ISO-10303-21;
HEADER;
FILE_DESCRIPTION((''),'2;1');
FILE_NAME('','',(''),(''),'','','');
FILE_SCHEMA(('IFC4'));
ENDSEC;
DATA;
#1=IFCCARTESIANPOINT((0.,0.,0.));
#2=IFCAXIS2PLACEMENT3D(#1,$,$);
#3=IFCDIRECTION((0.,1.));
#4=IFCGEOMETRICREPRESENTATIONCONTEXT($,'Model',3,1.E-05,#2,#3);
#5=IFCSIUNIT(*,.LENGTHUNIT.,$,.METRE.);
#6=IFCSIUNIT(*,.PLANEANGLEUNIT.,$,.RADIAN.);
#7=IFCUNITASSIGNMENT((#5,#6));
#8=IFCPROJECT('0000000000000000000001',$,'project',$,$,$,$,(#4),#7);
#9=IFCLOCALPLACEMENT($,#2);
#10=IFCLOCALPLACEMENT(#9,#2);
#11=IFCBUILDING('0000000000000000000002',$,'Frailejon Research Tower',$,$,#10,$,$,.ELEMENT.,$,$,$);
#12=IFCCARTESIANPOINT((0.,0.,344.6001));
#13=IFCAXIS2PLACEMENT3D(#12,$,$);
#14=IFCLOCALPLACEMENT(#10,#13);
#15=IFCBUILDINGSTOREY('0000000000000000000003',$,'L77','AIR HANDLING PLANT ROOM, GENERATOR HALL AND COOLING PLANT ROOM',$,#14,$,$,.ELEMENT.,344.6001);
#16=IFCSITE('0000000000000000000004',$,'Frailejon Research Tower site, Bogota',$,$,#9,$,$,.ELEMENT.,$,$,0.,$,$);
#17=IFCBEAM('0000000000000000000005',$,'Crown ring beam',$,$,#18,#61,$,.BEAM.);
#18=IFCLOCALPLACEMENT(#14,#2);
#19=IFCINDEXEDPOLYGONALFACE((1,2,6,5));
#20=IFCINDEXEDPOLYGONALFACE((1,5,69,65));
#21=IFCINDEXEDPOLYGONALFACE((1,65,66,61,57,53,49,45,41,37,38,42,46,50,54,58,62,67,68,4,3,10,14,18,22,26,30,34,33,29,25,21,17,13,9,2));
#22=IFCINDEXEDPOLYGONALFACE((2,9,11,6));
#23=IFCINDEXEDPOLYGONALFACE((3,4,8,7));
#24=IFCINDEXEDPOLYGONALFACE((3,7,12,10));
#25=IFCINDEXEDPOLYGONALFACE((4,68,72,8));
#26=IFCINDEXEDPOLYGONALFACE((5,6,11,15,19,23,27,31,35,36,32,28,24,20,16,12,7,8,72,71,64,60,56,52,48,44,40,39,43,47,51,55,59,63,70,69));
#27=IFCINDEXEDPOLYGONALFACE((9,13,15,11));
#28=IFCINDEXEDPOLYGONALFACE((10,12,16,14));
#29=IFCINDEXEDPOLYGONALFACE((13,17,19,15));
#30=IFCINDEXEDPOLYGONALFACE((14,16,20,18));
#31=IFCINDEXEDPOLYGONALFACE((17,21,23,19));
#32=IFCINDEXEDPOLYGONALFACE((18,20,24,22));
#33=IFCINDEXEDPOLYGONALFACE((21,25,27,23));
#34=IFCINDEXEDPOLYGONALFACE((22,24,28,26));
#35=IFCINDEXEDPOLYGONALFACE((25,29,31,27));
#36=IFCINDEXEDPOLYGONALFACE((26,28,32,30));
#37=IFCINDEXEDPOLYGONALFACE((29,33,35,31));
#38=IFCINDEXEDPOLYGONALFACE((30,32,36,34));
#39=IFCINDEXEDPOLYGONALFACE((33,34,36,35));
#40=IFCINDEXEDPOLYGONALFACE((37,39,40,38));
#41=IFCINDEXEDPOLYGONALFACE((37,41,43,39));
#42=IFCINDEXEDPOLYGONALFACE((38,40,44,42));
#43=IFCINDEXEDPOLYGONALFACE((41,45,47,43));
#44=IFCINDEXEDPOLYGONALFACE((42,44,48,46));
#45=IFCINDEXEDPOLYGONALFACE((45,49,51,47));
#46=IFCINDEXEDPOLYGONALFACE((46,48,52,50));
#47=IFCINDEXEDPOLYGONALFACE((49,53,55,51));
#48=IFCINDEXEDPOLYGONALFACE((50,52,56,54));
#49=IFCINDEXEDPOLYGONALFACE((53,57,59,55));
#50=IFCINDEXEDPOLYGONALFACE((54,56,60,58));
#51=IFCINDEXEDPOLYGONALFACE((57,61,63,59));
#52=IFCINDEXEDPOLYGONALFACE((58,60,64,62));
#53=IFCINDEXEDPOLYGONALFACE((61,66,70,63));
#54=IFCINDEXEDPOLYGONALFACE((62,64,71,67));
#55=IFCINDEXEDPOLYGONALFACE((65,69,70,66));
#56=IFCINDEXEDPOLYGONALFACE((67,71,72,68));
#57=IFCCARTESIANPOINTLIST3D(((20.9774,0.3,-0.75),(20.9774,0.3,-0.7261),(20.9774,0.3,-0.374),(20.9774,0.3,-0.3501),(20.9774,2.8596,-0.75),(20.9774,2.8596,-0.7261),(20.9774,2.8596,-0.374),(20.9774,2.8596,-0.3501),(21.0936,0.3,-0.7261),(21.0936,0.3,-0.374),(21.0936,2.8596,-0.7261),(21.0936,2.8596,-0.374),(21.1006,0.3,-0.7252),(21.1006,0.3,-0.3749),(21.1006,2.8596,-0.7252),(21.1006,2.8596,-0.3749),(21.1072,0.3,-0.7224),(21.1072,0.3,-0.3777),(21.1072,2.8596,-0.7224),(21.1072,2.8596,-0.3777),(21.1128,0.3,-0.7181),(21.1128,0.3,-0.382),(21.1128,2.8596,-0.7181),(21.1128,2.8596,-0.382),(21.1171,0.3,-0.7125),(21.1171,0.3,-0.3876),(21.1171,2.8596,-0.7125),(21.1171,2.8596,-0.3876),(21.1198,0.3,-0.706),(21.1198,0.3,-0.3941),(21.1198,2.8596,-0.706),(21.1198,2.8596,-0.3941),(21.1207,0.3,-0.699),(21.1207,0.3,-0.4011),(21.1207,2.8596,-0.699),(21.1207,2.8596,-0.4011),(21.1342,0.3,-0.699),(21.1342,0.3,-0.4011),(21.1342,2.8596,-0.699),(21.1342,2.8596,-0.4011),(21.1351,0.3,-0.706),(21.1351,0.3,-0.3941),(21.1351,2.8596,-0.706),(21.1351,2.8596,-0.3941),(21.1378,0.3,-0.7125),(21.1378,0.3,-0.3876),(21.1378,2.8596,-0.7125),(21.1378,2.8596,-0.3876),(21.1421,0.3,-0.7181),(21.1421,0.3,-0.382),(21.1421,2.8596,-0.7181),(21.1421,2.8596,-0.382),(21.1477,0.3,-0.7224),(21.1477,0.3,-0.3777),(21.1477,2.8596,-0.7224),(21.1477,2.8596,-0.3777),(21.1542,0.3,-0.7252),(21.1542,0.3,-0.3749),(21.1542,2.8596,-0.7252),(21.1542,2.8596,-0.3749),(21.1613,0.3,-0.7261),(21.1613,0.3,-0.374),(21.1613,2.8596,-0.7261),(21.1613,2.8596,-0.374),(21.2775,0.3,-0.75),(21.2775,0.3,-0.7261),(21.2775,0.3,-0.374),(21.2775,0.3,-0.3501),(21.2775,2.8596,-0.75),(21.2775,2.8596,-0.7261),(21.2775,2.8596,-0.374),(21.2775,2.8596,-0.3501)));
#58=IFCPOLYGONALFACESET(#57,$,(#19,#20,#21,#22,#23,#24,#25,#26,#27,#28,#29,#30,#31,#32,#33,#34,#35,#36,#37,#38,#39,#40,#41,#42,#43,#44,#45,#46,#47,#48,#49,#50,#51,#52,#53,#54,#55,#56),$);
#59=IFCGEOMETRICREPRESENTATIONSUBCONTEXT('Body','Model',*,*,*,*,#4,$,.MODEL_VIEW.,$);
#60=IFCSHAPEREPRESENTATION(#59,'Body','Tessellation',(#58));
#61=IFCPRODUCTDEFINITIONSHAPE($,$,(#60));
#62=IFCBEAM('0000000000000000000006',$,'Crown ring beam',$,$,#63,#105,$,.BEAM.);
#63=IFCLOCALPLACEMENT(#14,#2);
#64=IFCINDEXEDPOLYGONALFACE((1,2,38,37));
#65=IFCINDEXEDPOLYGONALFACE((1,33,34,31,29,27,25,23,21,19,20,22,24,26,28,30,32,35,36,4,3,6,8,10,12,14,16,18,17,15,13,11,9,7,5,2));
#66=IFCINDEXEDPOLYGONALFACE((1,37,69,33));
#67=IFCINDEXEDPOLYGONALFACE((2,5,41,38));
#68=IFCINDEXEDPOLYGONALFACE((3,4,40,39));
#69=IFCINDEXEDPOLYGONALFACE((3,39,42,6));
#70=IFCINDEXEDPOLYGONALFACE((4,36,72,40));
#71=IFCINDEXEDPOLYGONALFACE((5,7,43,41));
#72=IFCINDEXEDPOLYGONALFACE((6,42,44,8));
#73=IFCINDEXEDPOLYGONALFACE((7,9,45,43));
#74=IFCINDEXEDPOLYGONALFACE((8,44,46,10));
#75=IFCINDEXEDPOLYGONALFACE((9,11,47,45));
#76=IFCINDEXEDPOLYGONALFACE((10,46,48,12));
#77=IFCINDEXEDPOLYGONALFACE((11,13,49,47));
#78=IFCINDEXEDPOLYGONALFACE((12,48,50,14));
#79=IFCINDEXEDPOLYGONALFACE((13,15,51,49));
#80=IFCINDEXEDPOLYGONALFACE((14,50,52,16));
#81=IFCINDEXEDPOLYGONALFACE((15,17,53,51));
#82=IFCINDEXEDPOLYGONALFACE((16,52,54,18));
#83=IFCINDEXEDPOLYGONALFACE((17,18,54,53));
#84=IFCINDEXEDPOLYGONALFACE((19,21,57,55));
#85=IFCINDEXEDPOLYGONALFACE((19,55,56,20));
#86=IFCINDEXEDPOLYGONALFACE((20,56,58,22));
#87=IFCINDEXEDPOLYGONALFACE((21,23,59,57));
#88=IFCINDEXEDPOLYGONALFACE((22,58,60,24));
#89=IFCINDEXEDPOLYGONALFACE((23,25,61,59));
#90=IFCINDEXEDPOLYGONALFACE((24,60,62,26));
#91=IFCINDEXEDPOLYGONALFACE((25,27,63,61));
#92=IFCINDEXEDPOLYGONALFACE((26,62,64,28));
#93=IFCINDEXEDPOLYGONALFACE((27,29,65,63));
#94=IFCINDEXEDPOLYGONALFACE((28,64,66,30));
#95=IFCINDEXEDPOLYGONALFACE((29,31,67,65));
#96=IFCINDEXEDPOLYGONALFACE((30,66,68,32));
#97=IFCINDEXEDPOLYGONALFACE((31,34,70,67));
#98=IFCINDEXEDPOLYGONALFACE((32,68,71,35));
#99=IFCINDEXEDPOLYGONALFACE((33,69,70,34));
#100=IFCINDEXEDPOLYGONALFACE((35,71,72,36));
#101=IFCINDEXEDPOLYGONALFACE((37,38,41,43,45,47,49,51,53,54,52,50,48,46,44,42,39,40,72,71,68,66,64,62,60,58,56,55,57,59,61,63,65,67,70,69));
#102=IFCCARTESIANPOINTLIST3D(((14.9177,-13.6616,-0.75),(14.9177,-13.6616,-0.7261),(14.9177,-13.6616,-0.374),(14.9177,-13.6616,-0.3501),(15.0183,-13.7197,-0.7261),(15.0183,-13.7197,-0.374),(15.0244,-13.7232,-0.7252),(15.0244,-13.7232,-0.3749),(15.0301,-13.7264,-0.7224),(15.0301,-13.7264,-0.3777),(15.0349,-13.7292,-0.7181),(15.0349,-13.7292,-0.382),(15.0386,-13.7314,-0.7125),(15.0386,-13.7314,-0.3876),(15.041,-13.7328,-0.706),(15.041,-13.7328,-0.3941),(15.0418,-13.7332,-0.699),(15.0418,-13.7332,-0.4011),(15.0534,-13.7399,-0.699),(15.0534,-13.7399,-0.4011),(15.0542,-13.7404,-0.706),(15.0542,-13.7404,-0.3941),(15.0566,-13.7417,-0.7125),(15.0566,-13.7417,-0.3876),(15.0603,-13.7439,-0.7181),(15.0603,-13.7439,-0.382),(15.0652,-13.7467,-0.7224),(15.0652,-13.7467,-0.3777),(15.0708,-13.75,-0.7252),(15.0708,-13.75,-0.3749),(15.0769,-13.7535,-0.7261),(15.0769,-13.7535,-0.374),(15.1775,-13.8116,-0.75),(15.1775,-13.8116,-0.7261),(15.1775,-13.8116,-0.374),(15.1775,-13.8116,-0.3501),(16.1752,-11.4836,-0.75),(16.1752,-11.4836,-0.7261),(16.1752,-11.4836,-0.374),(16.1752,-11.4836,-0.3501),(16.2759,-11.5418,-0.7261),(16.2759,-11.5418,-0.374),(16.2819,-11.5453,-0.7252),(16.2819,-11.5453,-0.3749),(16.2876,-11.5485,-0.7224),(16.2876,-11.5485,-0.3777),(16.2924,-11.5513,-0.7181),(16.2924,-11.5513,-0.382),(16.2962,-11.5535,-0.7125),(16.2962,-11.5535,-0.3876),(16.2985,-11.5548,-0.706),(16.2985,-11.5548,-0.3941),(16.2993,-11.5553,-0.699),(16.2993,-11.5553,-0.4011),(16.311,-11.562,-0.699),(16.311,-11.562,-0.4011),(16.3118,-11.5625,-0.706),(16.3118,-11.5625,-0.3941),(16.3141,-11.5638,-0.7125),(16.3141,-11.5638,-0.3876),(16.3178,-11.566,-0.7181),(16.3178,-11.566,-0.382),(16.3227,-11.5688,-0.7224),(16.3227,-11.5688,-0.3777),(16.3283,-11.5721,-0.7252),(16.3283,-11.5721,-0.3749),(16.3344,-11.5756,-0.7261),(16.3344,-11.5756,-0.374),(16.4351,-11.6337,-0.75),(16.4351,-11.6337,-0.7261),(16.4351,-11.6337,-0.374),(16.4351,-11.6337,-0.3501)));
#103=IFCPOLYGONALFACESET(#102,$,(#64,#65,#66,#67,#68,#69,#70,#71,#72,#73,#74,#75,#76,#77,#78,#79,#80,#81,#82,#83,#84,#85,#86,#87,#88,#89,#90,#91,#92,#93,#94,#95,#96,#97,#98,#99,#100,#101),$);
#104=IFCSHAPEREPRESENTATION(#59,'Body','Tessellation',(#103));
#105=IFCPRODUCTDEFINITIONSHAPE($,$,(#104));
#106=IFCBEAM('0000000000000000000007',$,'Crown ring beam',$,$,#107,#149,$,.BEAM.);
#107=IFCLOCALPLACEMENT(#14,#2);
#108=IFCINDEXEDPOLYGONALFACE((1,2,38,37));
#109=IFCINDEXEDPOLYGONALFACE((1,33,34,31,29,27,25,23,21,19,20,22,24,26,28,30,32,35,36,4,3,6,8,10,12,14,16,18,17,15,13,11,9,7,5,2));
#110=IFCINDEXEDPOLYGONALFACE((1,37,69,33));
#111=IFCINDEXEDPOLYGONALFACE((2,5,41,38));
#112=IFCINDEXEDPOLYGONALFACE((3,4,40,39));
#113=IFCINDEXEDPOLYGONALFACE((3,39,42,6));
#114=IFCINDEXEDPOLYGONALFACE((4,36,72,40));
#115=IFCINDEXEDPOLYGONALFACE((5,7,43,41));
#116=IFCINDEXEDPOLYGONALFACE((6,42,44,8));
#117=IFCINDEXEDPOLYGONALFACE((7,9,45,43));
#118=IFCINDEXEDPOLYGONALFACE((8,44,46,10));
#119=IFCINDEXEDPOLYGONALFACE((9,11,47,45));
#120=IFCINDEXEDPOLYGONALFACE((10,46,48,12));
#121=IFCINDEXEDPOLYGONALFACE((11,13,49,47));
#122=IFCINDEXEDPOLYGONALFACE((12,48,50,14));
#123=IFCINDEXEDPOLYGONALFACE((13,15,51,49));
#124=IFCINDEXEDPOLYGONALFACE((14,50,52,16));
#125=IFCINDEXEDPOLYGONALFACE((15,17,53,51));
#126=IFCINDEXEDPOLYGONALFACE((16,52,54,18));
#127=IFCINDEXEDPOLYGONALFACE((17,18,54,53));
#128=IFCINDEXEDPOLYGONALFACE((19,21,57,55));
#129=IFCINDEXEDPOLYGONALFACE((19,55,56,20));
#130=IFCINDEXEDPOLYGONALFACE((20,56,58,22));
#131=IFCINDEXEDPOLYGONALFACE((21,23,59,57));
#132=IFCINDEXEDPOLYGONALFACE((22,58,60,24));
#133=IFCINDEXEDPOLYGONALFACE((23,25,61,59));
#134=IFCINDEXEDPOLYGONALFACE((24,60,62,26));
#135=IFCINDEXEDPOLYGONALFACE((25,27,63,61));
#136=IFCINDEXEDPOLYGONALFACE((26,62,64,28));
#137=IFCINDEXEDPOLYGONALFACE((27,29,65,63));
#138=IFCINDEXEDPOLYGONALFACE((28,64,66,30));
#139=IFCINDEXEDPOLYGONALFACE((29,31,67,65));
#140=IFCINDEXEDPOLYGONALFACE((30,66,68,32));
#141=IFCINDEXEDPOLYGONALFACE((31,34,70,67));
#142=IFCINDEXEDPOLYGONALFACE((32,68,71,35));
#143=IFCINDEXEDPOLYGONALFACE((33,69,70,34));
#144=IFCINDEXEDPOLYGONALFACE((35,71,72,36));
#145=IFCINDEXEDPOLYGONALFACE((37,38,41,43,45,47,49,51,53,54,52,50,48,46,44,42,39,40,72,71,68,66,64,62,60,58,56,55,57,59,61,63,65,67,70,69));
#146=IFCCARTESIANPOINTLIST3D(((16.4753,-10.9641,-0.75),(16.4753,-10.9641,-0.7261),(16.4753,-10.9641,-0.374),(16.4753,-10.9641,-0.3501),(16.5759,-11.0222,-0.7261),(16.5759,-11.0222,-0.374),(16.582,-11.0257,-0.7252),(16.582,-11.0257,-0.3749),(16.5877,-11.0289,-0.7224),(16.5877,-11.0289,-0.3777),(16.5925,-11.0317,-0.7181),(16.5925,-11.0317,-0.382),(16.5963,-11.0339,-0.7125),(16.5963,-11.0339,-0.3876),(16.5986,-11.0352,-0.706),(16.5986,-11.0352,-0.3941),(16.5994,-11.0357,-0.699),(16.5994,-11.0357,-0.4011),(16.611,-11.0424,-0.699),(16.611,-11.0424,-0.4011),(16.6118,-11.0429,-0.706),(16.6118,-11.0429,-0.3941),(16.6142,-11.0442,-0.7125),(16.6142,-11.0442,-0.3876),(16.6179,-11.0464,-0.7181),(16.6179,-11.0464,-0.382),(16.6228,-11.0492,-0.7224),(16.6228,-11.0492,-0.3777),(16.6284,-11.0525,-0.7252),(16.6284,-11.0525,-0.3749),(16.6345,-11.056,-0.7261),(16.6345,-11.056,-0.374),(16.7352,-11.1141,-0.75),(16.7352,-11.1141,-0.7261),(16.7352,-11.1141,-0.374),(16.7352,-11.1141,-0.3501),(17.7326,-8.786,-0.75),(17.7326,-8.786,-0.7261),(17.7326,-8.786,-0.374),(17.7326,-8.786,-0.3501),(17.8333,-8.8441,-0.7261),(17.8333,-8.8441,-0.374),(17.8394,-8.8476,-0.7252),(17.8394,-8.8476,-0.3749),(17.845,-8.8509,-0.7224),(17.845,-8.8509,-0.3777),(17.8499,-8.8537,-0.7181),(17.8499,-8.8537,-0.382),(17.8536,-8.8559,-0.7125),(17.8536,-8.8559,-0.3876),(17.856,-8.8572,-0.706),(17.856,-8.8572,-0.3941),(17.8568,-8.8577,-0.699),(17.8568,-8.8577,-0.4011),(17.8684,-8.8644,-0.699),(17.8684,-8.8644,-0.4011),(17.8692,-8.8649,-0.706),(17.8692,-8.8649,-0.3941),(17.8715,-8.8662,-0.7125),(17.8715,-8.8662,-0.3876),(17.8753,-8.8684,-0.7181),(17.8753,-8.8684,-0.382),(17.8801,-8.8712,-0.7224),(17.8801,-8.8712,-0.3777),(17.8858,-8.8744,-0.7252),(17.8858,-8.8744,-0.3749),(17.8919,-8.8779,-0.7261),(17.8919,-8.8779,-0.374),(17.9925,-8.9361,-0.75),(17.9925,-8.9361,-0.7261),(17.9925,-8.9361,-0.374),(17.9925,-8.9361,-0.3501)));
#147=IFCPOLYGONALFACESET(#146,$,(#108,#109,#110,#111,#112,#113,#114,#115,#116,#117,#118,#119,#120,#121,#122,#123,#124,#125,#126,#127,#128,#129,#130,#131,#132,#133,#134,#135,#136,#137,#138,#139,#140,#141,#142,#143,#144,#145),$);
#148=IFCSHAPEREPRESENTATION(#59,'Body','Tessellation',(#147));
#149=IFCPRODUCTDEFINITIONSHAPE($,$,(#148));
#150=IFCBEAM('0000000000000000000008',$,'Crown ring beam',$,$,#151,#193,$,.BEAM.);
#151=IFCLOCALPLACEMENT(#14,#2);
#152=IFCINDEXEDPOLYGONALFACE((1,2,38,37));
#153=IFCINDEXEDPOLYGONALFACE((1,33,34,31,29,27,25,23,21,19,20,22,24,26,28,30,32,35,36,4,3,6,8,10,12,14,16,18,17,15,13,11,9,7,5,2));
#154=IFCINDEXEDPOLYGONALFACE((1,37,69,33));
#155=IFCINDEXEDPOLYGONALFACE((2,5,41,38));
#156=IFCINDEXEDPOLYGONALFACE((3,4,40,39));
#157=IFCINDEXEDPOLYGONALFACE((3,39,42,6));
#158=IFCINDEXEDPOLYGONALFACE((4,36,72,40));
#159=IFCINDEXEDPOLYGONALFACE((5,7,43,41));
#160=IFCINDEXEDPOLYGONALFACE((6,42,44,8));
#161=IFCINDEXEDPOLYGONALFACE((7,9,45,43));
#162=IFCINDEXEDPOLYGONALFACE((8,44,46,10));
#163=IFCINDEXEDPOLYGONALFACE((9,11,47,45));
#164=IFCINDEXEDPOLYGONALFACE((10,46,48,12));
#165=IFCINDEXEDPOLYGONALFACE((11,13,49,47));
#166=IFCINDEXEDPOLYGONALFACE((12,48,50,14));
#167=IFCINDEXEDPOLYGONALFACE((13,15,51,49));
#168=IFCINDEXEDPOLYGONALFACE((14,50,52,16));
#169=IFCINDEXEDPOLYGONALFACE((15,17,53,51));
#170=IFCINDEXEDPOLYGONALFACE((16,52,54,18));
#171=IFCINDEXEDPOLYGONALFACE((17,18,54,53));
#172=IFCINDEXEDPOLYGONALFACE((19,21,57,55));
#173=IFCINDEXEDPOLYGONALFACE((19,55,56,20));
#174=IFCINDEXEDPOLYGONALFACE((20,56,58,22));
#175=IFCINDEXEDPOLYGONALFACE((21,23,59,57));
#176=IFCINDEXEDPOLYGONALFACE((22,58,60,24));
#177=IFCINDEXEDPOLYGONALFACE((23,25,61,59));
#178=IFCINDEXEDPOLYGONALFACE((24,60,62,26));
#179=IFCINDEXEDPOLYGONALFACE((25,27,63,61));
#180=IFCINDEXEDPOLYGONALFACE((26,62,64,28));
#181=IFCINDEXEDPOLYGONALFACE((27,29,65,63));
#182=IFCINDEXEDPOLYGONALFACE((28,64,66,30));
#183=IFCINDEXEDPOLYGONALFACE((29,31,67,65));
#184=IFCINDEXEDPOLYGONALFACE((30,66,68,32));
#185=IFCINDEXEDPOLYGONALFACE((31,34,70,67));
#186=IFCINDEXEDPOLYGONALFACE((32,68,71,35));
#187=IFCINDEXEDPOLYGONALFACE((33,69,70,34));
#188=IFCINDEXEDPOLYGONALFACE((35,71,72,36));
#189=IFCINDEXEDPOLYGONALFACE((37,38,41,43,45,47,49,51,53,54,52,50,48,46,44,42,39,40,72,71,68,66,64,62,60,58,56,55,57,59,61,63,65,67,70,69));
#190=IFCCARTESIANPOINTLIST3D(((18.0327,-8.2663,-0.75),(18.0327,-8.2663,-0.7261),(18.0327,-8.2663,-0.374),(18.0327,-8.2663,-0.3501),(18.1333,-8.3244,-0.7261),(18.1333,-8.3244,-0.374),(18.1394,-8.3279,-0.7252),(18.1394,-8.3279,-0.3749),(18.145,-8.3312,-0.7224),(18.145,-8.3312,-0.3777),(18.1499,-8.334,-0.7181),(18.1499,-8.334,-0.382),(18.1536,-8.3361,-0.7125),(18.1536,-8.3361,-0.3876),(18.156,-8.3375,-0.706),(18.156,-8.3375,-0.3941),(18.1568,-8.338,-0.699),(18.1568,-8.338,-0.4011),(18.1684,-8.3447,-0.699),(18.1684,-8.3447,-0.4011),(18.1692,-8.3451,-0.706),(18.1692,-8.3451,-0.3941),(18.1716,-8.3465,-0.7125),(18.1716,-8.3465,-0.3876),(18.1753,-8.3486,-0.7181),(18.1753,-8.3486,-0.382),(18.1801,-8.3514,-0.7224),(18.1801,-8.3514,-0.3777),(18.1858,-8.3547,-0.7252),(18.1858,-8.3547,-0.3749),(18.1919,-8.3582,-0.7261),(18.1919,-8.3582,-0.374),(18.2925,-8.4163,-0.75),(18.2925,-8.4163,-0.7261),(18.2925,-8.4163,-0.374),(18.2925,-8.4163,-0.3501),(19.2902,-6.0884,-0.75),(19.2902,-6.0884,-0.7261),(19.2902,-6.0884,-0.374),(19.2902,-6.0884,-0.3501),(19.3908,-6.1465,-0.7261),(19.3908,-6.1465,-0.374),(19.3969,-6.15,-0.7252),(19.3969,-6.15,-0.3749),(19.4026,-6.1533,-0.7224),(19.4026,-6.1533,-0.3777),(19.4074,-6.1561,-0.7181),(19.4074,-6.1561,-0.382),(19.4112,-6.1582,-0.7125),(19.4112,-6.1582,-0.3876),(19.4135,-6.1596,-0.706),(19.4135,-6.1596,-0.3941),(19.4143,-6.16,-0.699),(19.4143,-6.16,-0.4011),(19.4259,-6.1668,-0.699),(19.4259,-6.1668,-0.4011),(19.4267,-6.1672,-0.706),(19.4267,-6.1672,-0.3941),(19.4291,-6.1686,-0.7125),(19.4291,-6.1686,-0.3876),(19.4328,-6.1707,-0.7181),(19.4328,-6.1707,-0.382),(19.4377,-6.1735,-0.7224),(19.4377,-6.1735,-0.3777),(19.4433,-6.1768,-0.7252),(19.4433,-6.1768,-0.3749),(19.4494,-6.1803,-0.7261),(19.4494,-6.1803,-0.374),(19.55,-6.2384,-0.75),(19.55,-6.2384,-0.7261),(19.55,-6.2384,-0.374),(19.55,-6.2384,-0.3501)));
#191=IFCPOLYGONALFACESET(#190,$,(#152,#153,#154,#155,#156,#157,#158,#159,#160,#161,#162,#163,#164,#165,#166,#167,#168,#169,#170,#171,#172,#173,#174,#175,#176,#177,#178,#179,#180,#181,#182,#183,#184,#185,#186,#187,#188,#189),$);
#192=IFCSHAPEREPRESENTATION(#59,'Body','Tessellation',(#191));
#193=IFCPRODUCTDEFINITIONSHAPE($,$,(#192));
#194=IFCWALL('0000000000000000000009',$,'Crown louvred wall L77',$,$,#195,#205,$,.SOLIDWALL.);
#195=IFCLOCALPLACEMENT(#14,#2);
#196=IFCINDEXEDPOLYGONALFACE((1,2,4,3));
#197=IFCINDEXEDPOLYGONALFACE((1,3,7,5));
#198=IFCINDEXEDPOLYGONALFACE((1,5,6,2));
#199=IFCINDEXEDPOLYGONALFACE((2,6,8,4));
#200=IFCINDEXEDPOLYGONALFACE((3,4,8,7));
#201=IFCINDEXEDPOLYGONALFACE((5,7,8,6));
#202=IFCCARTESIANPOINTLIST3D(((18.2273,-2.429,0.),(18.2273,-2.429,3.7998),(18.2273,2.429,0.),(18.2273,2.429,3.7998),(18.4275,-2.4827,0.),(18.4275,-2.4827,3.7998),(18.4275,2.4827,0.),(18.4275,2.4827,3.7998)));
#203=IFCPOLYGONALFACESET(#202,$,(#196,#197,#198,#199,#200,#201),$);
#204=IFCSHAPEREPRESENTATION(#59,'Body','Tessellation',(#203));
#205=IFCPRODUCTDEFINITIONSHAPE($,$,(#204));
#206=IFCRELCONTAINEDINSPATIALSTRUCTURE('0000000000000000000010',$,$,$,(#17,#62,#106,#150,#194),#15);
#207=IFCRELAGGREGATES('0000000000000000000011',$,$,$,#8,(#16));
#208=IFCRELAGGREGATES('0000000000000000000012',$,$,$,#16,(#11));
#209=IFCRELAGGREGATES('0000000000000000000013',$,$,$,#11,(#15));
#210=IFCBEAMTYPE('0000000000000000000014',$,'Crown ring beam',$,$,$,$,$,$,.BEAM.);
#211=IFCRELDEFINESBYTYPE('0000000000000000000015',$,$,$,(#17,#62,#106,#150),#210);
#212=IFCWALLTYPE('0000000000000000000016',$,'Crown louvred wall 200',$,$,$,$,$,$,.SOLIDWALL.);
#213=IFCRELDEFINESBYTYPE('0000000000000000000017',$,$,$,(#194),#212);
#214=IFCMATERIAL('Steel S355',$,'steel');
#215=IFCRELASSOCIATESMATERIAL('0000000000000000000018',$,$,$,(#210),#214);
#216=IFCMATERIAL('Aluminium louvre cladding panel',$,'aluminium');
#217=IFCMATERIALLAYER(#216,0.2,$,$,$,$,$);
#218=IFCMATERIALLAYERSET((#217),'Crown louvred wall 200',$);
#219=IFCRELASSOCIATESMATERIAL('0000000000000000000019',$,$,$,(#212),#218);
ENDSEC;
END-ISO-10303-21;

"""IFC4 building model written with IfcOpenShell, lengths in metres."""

from ifc_helpers import new_model, si_unit, direction, frame, origin, origin_2d, place, context, subcontext, project, spatial, polyline, i_section, outline, extrude, material, layer, layer_set, material_profile, profile_set, type_object, element, save


model = new_model("IFC4")

# Units and contexts
model_context = context("Model", 3, precision=1e-05, world=origin(), true_north=direction((0.0, 1.0)))
body_context = subcontext(model_context, "Body", "Model", "MODEL_VIEW")
ifc_project = project(units=[si_unit("LENGTHUNIT", "METRE"), si_unit("PLANEANGLEUNIT", "RADIAN")], contexts=[model_context])

# Site, building, storey
site_placement = place(None, origin())
site = spatial("IfcSite", under=ifc_project, at=site_placement, Name="Frailejon Research Tower site, Bogota", CompositionType="ELEMENT", RefElevation=0.0)
building_placement = place(site_placement, origin())
building = spatial("IfcBuilding", under=site, at=building_placement, Name="Frailejon Research Tower", CompositionType="ELEMENT")
storey_placement = place(building_placement, frame((0.0, 0.0, 344.6001)))
storey = spatial("IfcBuildingStorey", under=building, at=storey_placement, Name="L77", Description="AIR HANDLING PLANT ROOM, GENERATOR HALL AND COOLING PLANT ROOM", CompositionType="ELEMENT", Elevation=344.6001)

# Beams
ifc_material_1 = material(Name="Steel S355", Category="steel")
ifc_material_profile_1 = material_profile(ifc_material_1, i_section(OverallWidth=0.3, OverallDepth=0.3999, WebThickness=0.0134, FlangeThickness=0.0239, FilletRadius=0.0271, at=origin_2d()), Name="HE 400 B")
ifc_profile_set_1 = profile_set([ifc_material_profile_1], Name="Steel S355")
beam_type_1 = type_object("IfcBeamType", Name="Crown ring beam", PredefinedType="BEAM", material=ifc_profile_set_1)
beam_1_placement = place(storey_placement, frame((21.1274, 0.3, -0.55), z_axis=(0.0, 1.0, 0.0), x_axis=(-1.0, 0.0, 0.0)))
element("IfcBeam", 1, at=beam_1_placement, inside=storey, type_object=beam_type_1, Name="Crown ring beam", PredefinedType="BEAM", context=body_context, shape_type="SweptSolid", body=[
    extrude(i_section(OverallWidth=0.3, OverallDepth=0.3999, WebThickness=0.0134, FlangeThickness=0.0239, FilletRadius=0.0271, at=origin_2d()), origin(), (0.0, 0.0, 1.0), 2.5596),
])
for number, where, z_axis, x_axis, name in (
    (2, (15.0476, -13.7366, -0.55), (0.500033, 0.866006, 0.0), (-0.866006, 0.500033, 0.0), "Crown ring beam"),
    (3, (16.6052, -11.0391, -0.55), (0.499961, 0.866048, 0.0), (-0.866048, 0.499961, 0.0), "Crown ring beam"),
    (4, (18.1626, -8.3413, -0.55), (0.500033, 0.866006, 0.0), (-0.866006, 0.500033, 0.0), "Crown ring beam"),
):
    element("IfcBeam", number, at=place(storey_placement, frame(where, z_axis=z_axis, x_axis=x_axis)), inside=storey, type_object=beam_type_1, Name=name, PredefinedType="BEAM", context=body_context, shape_type="SweptSolid", body=[
        extrude(i_section(OverallWidth=0.3, OverallDepth=0.3999, WebThickness=0.0134, FlangeThickness=0.0239, FilletRadius=0.0271, at=origin_2d()), origin(), (0.0, 0.0, 1.0), 2.5149),
    ])

# Wall
ifc_material_2 = material(Name="Aluminium louvre cladding panel", Category="aluminium")
ifc_layer_1 = layer(ifc_material_2, 0.2)
ifc_layer_set_1 = layer_set([ifc_layer_1], Name="Crown louvred wall 200")
wall_type_1 = type_object("IfcWallType", Name="Crown louvred wall 200", PredefinedType="SOLIDWALL", material=ifc_layer_set_1)
wall_1_placement = place(storey_placement, frame((18.3274, -2.4558, 0.0), z_axis=(0.0, 0.0, 1.0), x_axis=(0.0, 1.0, 0.0)))
element("IfcWall", 5, at=wall_1_placement, inside=storey, type_object=wall_type_1, Name="Crown louvred wall L77", PredefinedType="SOLIDWALL", context=body_context, shape_type="SweptSolid", body=[
    extrude(outline(polyline([(-0.0269, -0.1001), (4.9385, -0.1001), (4.8848, 0.1001), (0.0269, 0.1001), (-0.0269, -0.1001)])), origin(), (0.0, 0.0, 1.0), 3.7998),
])

save(model, "model.ifc")
